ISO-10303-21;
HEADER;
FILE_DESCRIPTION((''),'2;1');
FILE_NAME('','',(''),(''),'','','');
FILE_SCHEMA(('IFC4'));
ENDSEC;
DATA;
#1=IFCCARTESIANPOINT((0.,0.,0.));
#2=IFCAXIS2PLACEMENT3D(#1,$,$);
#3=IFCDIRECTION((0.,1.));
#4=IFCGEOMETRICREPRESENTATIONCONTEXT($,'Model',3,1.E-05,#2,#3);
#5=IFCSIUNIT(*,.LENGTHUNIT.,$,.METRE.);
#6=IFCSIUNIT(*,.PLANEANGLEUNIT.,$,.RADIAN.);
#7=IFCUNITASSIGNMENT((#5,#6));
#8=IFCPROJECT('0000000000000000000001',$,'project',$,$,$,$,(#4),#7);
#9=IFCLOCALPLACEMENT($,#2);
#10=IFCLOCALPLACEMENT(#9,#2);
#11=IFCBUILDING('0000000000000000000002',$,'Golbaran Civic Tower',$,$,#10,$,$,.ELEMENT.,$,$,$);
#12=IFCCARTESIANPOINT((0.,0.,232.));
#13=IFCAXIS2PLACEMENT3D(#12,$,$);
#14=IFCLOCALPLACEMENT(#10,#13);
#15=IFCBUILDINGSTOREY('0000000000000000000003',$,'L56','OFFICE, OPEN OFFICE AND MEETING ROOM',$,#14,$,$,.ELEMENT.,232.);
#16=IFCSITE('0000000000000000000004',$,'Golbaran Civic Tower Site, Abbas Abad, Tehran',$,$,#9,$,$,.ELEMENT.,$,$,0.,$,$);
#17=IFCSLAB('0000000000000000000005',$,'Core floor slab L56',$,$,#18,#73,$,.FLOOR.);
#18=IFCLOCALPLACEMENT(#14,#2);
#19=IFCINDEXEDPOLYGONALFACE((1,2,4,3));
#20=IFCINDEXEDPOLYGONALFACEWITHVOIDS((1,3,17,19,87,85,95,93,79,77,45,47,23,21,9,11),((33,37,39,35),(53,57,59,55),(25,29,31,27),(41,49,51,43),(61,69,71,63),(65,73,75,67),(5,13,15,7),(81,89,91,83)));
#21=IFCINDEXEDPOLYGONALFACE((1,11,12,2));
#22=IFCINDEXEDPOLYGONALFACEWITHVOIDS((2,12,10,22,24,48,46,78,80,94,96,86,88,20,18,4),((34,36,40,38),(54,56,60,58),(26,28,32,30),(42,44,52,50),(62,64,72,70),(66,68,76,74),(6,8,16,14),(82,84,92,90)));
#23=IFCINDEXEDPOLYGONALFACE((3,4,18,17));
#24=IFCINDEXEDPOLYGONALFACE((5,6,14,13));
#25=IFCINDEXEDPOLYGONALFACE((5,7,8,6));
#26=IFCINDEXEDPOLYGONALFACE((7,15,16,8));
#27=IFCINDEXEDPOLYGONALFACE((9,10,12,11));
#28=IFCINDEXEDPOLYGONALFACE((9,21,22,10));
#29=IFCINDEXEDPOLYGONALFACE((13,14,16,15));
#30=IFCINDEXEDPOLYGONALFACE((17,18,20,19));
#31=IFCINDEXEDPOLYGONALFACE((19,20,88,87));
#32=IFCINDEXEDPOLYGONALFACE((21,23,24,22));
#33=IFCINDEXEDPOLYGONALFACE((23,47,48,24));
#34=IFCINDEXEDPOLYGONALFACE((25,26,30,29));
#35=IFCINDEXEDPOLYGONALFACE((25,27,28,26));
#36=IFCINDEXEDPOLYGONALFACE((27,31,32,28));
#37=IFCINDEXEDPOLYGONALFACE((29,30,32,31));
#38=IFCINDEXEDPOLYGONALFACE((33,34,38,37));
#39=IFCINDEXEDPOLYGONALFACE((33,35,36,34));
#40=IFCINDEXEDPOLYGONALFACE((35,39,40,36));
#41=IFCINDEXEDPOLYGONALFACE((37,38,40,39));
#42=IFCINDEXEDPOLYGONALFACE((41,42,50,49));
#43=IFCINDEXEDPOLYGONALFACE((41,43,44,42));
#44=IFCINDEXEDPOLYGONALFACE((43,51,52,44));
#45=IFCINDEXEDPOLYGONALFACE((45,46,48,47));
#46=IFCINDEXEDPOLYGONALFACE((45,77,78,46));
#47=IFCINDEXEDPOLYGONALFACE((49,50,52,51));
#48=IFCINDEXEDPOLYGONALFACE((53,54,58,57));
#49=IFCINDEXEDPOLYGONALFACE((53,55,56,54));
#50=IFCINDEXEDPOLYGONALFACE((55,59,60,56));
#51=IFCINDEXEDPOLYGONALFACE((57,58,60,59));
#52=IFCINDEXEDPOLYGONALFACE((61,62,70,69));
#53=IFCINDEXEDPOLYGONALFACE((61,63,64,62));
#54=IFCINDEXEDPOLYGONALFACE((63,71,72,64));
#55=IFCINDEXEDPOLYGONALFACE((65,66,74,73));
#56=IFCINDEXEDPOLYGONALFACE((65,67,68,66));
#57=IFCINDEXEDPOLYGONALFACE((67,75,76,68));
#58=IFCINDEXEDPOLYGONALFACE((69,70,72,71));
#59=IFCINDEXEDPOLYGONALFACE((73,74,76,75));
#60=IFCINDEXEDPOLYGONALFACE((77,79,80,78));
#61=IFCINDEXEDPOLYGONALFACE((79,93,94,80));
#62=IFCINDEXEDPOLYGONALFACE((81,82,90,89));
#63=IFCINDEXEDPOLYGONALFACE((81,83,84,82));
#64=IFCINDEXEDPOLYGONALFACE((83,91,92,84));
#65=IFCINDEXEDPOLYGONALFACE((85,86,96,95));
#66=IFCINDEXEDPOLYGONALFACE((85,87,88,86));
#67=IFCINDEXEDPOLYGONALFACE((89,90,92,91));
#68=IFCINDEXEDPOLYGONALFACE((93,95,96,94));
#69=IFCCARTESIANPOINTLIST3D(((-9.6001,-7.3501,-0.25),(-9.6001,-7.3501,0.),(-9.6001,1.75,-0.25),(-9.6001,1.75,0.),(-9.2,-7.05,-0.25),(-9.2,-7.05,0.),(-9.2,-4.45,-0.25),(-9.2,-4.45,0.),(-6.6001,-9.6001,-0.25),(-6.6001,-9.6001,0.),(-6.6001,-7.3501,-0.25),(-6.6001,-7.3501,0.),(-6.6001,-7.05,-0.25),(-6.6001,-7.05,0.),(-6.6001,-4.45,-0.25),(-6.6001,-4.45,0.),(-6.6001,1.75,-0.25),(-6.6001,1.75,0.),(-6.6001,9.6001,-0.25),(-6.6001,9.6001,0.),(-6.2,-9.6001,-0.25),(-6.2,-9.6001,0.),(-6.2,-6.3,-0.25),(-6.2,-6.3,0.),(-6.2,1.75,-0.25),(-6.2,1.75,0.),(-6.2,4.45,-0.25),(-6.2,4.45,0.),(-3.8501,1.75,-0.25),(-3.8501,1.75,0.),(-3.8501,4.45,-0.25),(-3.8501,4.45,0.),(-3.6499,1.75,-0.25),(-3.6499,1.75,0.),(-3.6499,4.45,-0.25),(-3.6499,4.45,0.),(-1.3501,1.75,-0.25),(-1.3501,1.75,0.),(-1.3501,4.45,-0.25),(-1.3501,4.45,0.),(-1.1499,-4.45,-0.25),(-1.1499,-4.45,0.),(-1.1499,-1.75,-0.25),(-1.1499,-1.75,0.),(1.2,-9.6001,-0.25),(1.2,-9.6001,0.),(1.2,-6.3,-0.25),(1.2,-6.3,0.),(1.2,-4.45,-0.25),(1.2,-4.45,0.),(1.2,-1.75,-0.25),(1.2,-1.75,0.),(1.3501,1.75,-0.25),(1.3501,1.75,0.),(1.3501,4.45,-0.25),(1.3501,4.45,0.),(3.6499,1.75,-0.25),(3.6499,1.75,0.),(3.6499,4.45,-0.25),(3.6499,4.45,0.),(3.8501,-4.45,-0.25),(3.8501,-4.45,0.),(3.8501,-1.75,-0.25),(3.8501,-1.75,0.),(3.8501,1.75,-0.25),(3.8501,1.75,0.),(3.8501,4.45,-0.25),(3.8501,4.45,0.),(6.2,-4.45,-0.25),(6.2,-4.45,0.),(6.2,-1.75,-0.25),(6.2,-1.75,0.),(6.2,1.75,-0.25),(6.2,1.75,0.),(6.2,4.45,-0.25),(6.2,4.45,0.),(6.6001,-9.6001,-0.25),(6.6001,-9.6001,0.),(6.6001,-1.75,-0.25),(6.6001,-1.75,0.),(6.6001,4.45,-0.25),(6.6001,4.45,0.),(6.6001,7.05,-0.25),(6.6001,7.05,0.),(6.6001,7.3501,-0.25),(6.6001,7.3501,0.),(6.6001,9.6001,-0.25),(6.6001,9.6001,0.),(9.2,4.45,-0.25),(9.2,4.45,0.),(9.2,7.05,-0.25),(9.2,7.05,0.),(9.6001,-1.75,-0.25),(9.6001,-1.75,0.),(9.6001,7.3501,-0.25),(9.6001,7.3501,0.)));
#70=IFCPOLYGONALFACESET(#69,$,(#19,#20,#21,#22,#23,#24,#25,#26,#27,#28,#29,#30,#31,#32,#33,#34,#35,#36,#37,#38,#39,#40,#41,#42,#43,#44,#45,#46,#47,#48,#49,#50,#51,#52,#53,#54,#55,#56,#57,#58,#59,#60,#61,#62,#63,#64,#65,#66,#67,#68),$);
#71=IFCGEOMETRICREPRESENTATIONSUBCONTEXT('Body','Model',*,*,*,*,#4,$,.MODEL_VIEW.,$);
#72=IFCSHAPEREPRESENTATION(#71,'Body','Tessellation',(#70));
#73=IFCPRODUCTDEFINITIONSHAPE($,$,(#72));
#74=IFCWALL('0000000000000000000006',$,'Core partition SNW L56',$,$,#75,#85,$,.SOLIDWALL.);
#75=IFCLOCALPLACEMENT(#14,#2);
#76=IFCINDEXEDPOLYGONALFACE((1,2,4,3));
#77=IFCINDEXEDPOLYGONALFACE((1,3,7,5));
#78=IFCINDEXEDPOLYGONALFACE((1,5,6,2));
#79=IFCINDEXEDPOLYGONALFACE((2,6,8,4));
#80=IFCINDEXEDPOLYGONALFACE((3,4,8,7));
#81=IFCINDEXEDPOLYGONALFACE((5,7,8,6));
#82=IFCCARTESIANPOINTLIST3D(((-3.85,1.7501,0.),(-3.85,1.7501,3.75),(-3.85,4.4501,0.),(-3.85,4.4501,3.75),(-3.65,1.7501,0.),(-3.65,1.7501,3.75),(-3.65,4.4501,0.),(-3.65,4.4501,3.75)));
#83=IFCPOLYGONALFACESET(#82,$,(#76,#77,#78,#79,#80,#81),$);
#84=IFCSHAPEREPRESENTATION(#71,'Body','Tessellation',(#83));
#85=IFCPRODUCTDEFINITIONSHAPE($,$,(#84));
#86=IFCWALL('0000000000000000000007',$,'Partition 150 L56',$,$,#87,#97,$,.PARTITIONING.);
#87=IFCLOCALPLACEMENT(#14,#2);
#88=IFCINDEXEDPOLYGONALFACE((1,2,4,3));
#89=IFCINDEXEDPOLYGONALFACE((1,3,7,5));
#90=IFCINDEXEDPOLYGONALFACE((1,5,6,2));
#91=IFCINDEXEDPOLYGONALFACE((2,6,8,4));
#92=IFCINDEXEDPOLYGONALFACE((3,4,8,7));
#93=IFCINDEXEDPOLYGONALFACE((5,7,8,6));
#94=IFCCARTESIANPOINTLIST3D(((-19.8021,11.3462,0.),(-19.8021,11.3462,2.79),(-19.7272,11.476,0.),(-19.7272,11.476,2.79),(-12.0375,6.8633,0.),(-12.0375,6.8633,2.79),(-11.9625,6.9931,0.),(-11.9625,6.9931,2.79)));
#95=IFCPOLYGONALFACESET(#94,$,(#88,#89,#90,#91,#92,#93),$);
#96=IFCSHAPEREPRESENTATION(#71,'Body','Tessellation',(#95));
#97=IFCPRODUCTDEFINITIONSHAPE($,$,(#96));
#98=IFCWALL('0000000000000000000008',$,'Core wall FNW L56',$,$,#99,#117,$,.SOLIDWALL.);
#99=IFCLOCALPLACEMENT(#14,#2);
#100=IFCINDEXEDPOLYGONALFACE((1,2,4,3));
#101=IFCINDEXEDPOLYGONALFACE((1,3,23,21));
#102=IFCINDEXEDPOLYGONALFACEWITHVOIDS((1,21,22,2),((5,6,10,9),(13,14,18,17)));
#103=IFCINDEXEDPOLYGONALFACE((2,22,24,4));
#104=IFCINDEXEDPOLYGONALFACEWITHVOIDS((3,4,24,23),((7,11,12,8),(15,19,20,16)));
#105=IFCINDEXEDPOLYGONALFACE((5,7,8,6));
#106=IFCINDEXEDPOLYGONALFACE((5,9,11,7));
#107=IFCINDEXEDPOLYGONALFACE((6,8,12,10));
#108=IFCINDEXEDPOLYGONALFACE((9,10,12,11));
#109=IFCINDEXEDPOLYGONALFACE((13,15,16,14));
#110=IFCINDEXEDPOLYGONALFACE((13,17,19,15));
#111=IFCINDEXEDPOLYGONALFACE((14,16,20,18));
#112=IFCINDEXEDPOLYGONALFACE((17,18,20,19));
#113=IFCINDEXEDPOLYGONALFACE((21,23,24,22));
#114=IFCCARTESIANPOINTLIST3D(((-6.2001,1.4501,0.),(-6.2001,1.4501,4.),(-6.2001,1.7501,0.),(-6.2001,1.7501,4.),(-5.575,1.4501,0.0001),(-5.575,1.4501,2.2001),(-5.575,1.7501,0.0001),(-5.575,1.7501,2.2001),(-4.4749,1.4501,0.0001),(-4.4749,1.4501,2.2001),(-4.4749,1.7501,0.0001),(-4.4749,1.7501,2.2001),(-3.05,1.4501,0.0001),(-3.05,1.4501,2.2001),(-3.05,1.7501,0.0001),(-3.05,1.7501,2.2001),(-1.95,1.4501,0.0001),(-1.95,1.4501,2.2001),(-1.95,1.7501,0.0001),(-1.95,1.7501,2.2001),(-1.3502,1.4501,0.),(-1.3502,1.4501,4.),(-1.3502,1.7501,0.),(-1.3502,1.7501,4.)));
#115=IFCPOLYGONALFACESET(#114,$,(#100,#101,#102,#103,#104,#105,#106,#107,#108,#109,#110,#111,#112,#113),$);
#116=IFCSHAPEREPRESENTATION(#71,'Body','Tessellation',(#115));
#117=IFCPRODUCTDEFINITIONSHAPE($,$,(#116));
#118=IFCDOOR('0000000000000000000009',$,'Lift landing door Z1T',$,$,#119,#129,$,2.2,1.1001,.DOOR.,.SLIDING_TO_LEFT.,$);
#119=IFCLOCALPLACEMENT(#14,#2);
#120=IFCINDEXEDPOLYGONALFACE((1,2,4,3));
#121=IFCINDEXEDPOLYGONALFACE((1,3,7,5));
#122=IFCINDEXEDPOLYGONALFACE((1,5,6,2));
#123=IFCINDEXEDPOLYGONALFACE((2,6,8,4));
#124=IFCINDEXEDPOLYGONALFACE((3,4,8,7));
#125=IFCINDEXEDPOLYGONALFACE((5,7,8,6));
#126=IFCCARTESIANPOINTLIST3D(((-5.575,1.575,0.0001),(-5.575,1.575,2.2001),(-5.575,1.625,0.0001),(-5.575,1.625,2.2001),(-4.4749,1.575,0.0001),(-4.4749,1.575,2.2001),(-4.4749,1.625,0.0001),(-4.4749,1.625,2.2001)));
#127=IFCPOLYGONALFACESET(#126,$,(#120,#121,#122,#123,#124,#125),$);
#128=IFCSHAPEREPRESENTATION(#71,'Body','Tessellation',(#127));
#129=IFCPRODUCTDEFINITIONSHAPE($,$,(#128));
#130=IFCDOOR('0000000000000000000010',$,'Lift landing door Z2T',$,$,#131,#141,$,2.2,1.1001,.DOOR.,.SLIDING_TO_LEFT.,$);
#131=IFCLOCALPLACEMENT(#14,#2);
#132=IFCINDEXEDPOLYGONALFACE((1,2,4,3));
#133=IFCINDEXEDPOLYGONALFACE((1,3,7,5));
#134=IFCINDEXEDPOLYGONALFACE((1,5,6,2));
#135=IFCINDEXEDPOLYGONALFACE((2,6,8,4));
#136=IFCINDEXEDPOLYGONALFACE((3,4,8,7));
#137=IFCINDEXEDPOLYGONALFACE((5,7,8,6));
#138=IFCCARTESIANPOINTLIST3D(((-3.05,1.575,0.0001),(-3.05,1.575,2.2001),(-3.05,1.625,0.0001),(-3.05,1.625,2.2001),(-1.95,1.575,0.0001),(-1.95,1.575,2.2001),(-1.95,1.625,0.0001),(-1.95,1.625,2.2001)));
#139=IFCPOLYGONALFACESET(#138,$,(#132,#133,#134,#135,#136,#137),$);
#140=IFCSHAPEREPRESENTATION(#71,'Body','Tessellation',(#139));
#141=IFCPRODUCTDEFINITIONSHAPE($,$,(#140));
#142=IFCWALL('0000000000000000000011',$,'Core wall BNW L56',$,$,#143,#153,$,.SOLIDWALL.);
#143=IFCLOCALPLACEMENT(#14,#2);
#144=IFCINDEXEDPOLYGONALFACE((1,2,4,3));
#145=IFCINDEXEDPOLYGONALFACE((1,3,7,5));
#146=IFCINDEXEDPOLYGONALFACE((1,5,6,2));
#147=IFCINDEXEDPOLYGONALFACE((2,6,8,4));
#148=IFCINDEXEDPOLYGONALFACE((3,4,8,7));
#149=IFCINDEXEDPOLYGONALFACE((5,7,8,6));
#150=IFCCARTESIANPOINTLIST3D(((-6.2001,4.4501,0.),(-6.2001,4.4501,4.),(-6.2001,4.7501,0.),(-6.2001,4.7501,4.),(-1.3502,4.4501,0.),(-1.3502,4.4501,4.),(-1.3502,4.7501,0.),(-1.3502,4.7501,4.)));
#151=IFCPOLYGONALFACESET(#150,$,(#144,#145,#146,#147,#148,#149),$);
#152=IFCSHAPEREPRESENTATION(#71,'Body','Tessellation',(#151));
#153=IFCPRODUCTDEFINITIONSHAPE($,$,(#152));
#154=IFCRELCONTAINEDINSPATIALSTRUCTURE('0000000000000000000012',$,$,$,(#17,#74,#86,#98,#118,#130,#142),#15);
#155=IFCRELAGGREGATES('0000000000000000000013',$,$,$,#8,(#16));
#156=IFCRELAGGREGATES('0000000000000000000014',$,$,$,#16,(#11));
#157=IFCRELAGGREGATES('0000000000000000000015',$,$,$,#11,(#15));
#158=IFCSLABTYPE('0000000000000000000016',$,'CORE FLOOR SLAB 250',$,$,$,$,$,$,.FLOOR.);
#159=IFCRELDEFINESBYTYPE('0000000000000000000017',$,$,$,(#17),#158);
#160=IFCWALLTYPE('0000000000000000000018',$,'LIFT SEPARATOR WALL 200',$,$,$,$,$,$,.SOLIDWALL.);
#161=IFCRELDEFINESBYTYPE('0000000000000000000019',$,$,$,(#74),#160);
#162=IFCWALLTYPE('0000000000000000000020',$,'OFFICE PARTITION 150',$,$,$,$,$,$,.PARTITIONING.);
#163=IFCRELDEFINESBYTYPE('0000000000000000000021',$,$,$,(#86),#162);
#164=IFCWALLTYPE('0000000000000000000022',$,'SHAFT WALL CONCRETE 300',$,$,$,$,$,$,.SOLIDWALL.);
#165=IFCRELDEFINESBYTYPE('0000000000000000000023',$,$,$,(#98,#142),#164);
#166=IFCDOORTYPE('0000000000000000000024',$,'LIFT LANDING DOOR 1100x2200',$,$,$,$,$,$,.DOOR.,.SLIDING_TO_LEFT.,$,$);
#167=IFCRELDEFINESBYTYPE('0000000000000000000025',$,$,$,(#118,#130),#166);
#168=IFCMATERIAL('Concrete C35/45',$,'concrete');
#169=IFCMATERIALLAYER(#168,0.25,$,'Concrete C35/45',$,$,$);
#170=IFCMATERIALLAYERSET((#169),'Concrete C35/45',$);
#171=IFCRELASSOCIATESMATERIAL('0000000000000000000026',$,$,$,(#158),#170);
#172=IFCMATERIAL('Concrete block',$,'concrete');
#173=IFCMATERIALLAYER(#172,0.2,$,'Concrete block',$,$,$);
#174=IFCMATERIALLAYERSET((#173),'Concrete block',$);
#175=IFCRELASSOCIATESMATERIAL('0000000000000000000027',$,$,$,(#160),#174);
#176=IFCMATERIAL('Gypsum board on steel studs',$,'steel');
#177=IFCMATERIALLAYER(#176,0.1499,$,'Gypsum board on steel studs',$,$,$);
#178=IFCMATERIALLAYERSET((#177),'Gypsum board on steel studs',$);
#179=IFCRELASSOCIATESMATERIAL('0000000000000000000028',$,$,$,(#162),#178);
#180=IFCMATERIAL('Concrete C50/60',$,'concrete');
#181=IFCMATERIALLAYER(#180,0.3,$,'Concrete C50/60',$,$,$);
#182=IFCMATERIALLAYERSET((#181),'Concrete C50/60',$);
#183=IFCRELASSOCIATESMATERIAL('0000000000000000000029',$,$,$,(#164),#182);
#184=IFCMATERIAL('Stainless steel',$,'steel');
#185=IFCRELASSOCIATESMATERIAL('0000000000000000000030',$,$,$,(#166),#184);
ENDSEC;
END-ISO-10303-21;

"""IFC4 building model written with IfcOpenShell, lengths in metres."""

from ifc_helpers import new_model, si_unit, direction, frame, frame_2d, origin, place, context, subcontext, project, spatial, polyline, rectangle, outline, extrude, material, layer, layer_set, type_object, element, fill, save


model = new_model("IFC4")

# Units and contexts
model_context = context("Model", 3, precision=1e-05, world=origin(), true_north=direction((0.0, 1.0)))
body_context = subcontext(model_context, "Body", "Model", "MODEL_VIEW")
ifc_project = project(units=[si_unit("LENGTHUNIT", "METRE"), si_unit("PLANEANGLEUNIT", "RADIAN")], contexts=[model_context])

# Site, building, storey
site_placement = place(None, origin())
site = spatial("IfcSite", under=ifc_project, at=site_placement, Name="Golbaran Civic Tower Site, Abbas Abad, Tehran", CompositionType="ELEMENT", RefElevation=0.0)
building_placement = place(site_placement, origin())
building = spatial("IfcBuilding", under=site, at=building_placement, Name="Golbaran Civic Tower", CompositionType="ELEMENT")
storey_placement = place(building_placement, frame((0.0, 0.0, 232.0)))
storey = spatial("IfcBuildingStorey", under=building, at=storey_placement, Name="L56", Description="OFFICE, OPEN OFFICE AND MEETING ROOM", CompositionType="ELEMENT", Elevation=232.0)

# Slab
ifc_material_1 = material(Name="Concrete C35/45", Category="concrete")
ifc_layer_1 = layer(ifc_material_1, 0.25, Name="Concrete C35/45")
ifc_layer_set_1 = layer_set([ifc_layer_1], Name="Concrete C35/45")
slab_type_1 = type_object("IfcSlabType", Name="CORE FLOOR SLAB 250", PredefinedType="FLOOR", material=ifc_layer_set_1)
slab_1_placement = place(storey_placement, frame((0.0, 0.0, -0.25)))
element("IfcSlab", 1, at=slab_1_placement, inside=storey, type_object=slab_type_1, Name="Core floor slab L56", PredefinedType="FLOOR", context=body_context, shape_type="SweptSolid", body=[
    extrude(outline(polyline([(6.6001, -1.75), (6.6001, -9.6001), (1.2, -9.6001), (1.2, -6.3), (-6.2, -6.3), (-6.2, -9.6001), (-6.6001, -9.6001), (-6.6001, -7.3501), (-9.6001, -7.3501), (-9.6001, 1.75), (-6.6001, 1.75), (-6.6001, 9.6001), (6.6001, 9.6001), (6.6001, 7.3501), (9.6001, 7.3501), (9.6001, -1.75), (6.6001, -1.75)]), holes=[polyline([(9.2, 7.05), (6.6001, 7.05), (6.6001, 4.45), (9.2, 4.45), (9.2, 7.05)]), polyline([(6.2, -1.75), (3.8501, -1.75), (3.8501, -4.45), (6.2, -4.45), (6.2, -1.75)]), polyline([(6.2, 4.45), (3.8501, 4.45), (3.8501, 1.75), (6.2, 1.75), (6.2, 4.45)]), polyline([(3.6499, 4.45), (1.3501, 4.45), (1.3501, 1.75), (3.6499, 1.75), (3.6499, 4.45)]), polyline([(-1.1499, -1.75), (-1.1499, -4.45), (1.2, -4.45), (1.2, -1.75), (-1.1499, -1.75)]), polyline([(-1.3501, 4.45), (-3.6499, 4.45), (-3.6499, 1.75), (-1.3501, 1.75), (-1.3501, 4.45)]), polyline([(-3.8501, 4.45), (-6.2, 4.45), (-6.2, 1.75), (-3.8501, 1.75), (-3.8501, 4.45)]), polyline([(-6.6001, -4.45), (-9.2, -4.45), (-9.2, -7.05), (-6.6001, -7.05), (-6.6001, -4.45)])]), origin(), (0.0, 0.0, 1.0), 0.25),
])

# Walls
ifc_material_2 = material(Name="Concrete block", Category="concrete")
ifc_layer_2 = layer(ifc_material_2, 0.2, Name="Concrete block")
ifc_layer_set_2 = layer_set([ifc_layer_2], Name="Concrete block")
wall_type_1 = type_object("IfcWallType", Name="LIFT SEPARATOR WALL 200", PredefinedType="SOLIDWALL", material=ifc_layer_set_2)
wall_1_placement = place(storey_placement, frame((-3.75, 1.75, 0.0), z_axis=(0.0, 0.0, 1.0), x_axis=(0.0, 1.0, 0.0)))
element("IfcWall", 2, at=wall_1_placement, inside=storey, type_object=wall_type_1, Name="Core partition SNW L56", PredefinedType="SOLIDWALL", context=body_context, shape_type="SweptSolid", body=[
    extrude(rectangle(XDim=2.7, YDim=0.2, at=frame_2d((1.3501, 0.0))), origin(), (0.0, 0.0, 1.0), 3.75),
])
ifc_material_3 = material(Name="Gypsum board on steel studs", Category="steel")
ifc_layer_3 = layer(ifc_material_3, 0.1499, Name="Gypsum board on steel studs")
ifc_layer_set_3 = layer_set([ifc_layer_3], Name="Gypsum board on steel studs")
wall_type_2 = type_object("IfcWallType", Name="OFFICE PARTITION 150", PredefinedType="PARTITIONING", material=ifc_layer_set_3)
wall_2_placement = place(storey_placement, frame((-12.0, 6.9282, 0.0), z_axis=(0.0, 0.0, 1.0), x_axis=(-0.866026, 0.499999, 0.0)))
element("IfcWall", 3, at=wall_2_placement, inside=storey, type_object=wall_type_2, Name="Partition 150 L56", PredefinedType="PARTITIONING", context=body_context, shape_type="SweptSolid", body=[
    extrude(rectangle(XDim=8.9658, YDim=0.1499, at=frame_2d((4.4829, 0.0))), origin(), (0.0, 0.0, 1.0), 2.79),
])

# Wall, openings, doors
ifc_material_4 = material(Name="Concrete C50/60", Category="concrete")
ifc_layer_4 = layer(ifc_material_4, 0.3, Name="Concrete C50/60")
ifc_layer_set_4 = layer_set([ifc_layer_4], Name="Concrete C50/60")
wall_type_3 = type_object("IfcWallType", Name="SHAFT WALL CONCRETE 300", PredefinedType="SOLIDWALL", material=ifc_layer_set_4)
wall_3_placement = place(storey_placement, frame((-6.2, 1.6001, 0.0), z_axis=(0.0, 0.0, 1.0), x_axis=(1.0, 0.0, 0.0)))
wall_3 = element("IfcWall", 4, at=wall_3_placement, inside=storey, type_object=wall_type_3, Name="Core wall FNW L56", PredefinedType="SOLIDWALL", context=body_context, shape_type="SweptSolid", body=[
    extrude(rectangle(XDim=4.8499, YDim=0.3, at=frame_2d((2.4248, 0.0))), origin(), (0.0, 0.0, 1.0), 4.0),
])
opening_1_placement = place(wall_3_placement, frame((0.625, 0.0, 0.0)))
opening_1 = element("IfcOpeningElement", 5, at=opening_1_placement, cuts=wall_3, PredefinedType="OPENING", context=body_context, shape_type="SweptSolid", body=[
    extrude(rectangle(XDim=1.1001, YDim=2.2, at=frame_2d((0.55, 1.1001))), frame((0.0, 0.1599, 0.0), z_axis=(0.0, -1.0, 0.0), x_axis=(1.0, 0.0, 0.0)), (0.0, 0.0, 1.0), 0.3201),
])
opening_2_placement = place(wall_3_placement, frame((3.1499, 0.0, 0.0)))
opening_2 = element("IfcOpeningElement", 6, at=opening_2_placement, cuts=wall_3, PredefinedType="OPENING", context=body_context, shape_type="SweptSolid", body=[
    extrude(rectangle(XDim=1.1001, YDim=2.2, at=frame_2d((0.55, 1.1001))), frame((0.0, 0.1599, 0.0), z_axis=(0.0, -1.0, 0.0), x_axis=(1.0, 0.0, 0.0)), (0.0, 0.0, 1.0), 0.3201),
])
ifc_material_5 = material(Name="Stainless steel", Category="steel")
door_type_1 = type_object("IfcDoorType", Name="LIFT LANDING DOOR 1100x2200", OperationType="SLIDING_TO_LEFT", PredefinedType="DOOR", material=ifc_material_5)
door_1_placement = place(opening_1_placement, origin())
door_1 = element("IfcDoor", 7, at=door_1_placement, inside=storey, type_object=door_type_1, Name="Lift landing door Z1T", OperationType="SLIDING_TO_LEFT", OverallHeight=2.2, OverallWidth=1.1001, PredefinedType="DOOR", context=body_context, shape_type="SweptSolid", body=[
    extrude(rectangle(XDim=1.1001, YDim=2.2, at=frame_2d((0.55, 1.1001))), frame((0.0, 0.0249, 0.0), z_axis=(0.0, -1.0, 0.0), x_axis=(1.0, 0.0, 0.0)), (0.0, 0.0, 1.0), 0.05),
])
fill(opening_1, door_1)
door_2_placement = place(opening_2_placement, origin())
door_2 = element("IfcDoor", 8, at=door_2_placement, inside=storey, type_object=door_type_1, Name="Lift landing door Z2T", OperationType="SLIDING_TO_LEFT", OverallHeight=2.2, OverallWidth=1.1001, PredefinedType="DOOR", context=body_context, shape_type="SweptSolid", body=[
    extrude(rectangle(XDim=1.1001, YDim=2.2, at=frame_2d((0.55, 1.1001))), frame((0.0, 0.0249, 0.0), z_axis=(0.0, -1.0, 0.0), x_axis=(1.0, 0.0, 0.0)), (0.0, 0.0, 1.0), 0.05),
])
fill(opening_2, door_2)

# Wall
wall_4_placement = place(storey_placement, frame((-6.2, 4.6001, 0.0), z_axis=(0.0, 0.0, 1.0), x_axis=(1.0, 0.0, 0.0)))
element("IfcWall", 9, at=wall_4_placement, inside=storey, type_object=wall_type_3, Name="Core wall BNW L56", PredefinedType="SOLIDWALL", context=body_context, shape_type="SweptSolid", body=[
    extrude(rectangle(XDim=4.8499, YDim=0.3, at=frame_2d((2.4248, 0.0))), origin(), (0.0, 0.0, 1.0), 4.0),
])

save(model, "model.ifc")
